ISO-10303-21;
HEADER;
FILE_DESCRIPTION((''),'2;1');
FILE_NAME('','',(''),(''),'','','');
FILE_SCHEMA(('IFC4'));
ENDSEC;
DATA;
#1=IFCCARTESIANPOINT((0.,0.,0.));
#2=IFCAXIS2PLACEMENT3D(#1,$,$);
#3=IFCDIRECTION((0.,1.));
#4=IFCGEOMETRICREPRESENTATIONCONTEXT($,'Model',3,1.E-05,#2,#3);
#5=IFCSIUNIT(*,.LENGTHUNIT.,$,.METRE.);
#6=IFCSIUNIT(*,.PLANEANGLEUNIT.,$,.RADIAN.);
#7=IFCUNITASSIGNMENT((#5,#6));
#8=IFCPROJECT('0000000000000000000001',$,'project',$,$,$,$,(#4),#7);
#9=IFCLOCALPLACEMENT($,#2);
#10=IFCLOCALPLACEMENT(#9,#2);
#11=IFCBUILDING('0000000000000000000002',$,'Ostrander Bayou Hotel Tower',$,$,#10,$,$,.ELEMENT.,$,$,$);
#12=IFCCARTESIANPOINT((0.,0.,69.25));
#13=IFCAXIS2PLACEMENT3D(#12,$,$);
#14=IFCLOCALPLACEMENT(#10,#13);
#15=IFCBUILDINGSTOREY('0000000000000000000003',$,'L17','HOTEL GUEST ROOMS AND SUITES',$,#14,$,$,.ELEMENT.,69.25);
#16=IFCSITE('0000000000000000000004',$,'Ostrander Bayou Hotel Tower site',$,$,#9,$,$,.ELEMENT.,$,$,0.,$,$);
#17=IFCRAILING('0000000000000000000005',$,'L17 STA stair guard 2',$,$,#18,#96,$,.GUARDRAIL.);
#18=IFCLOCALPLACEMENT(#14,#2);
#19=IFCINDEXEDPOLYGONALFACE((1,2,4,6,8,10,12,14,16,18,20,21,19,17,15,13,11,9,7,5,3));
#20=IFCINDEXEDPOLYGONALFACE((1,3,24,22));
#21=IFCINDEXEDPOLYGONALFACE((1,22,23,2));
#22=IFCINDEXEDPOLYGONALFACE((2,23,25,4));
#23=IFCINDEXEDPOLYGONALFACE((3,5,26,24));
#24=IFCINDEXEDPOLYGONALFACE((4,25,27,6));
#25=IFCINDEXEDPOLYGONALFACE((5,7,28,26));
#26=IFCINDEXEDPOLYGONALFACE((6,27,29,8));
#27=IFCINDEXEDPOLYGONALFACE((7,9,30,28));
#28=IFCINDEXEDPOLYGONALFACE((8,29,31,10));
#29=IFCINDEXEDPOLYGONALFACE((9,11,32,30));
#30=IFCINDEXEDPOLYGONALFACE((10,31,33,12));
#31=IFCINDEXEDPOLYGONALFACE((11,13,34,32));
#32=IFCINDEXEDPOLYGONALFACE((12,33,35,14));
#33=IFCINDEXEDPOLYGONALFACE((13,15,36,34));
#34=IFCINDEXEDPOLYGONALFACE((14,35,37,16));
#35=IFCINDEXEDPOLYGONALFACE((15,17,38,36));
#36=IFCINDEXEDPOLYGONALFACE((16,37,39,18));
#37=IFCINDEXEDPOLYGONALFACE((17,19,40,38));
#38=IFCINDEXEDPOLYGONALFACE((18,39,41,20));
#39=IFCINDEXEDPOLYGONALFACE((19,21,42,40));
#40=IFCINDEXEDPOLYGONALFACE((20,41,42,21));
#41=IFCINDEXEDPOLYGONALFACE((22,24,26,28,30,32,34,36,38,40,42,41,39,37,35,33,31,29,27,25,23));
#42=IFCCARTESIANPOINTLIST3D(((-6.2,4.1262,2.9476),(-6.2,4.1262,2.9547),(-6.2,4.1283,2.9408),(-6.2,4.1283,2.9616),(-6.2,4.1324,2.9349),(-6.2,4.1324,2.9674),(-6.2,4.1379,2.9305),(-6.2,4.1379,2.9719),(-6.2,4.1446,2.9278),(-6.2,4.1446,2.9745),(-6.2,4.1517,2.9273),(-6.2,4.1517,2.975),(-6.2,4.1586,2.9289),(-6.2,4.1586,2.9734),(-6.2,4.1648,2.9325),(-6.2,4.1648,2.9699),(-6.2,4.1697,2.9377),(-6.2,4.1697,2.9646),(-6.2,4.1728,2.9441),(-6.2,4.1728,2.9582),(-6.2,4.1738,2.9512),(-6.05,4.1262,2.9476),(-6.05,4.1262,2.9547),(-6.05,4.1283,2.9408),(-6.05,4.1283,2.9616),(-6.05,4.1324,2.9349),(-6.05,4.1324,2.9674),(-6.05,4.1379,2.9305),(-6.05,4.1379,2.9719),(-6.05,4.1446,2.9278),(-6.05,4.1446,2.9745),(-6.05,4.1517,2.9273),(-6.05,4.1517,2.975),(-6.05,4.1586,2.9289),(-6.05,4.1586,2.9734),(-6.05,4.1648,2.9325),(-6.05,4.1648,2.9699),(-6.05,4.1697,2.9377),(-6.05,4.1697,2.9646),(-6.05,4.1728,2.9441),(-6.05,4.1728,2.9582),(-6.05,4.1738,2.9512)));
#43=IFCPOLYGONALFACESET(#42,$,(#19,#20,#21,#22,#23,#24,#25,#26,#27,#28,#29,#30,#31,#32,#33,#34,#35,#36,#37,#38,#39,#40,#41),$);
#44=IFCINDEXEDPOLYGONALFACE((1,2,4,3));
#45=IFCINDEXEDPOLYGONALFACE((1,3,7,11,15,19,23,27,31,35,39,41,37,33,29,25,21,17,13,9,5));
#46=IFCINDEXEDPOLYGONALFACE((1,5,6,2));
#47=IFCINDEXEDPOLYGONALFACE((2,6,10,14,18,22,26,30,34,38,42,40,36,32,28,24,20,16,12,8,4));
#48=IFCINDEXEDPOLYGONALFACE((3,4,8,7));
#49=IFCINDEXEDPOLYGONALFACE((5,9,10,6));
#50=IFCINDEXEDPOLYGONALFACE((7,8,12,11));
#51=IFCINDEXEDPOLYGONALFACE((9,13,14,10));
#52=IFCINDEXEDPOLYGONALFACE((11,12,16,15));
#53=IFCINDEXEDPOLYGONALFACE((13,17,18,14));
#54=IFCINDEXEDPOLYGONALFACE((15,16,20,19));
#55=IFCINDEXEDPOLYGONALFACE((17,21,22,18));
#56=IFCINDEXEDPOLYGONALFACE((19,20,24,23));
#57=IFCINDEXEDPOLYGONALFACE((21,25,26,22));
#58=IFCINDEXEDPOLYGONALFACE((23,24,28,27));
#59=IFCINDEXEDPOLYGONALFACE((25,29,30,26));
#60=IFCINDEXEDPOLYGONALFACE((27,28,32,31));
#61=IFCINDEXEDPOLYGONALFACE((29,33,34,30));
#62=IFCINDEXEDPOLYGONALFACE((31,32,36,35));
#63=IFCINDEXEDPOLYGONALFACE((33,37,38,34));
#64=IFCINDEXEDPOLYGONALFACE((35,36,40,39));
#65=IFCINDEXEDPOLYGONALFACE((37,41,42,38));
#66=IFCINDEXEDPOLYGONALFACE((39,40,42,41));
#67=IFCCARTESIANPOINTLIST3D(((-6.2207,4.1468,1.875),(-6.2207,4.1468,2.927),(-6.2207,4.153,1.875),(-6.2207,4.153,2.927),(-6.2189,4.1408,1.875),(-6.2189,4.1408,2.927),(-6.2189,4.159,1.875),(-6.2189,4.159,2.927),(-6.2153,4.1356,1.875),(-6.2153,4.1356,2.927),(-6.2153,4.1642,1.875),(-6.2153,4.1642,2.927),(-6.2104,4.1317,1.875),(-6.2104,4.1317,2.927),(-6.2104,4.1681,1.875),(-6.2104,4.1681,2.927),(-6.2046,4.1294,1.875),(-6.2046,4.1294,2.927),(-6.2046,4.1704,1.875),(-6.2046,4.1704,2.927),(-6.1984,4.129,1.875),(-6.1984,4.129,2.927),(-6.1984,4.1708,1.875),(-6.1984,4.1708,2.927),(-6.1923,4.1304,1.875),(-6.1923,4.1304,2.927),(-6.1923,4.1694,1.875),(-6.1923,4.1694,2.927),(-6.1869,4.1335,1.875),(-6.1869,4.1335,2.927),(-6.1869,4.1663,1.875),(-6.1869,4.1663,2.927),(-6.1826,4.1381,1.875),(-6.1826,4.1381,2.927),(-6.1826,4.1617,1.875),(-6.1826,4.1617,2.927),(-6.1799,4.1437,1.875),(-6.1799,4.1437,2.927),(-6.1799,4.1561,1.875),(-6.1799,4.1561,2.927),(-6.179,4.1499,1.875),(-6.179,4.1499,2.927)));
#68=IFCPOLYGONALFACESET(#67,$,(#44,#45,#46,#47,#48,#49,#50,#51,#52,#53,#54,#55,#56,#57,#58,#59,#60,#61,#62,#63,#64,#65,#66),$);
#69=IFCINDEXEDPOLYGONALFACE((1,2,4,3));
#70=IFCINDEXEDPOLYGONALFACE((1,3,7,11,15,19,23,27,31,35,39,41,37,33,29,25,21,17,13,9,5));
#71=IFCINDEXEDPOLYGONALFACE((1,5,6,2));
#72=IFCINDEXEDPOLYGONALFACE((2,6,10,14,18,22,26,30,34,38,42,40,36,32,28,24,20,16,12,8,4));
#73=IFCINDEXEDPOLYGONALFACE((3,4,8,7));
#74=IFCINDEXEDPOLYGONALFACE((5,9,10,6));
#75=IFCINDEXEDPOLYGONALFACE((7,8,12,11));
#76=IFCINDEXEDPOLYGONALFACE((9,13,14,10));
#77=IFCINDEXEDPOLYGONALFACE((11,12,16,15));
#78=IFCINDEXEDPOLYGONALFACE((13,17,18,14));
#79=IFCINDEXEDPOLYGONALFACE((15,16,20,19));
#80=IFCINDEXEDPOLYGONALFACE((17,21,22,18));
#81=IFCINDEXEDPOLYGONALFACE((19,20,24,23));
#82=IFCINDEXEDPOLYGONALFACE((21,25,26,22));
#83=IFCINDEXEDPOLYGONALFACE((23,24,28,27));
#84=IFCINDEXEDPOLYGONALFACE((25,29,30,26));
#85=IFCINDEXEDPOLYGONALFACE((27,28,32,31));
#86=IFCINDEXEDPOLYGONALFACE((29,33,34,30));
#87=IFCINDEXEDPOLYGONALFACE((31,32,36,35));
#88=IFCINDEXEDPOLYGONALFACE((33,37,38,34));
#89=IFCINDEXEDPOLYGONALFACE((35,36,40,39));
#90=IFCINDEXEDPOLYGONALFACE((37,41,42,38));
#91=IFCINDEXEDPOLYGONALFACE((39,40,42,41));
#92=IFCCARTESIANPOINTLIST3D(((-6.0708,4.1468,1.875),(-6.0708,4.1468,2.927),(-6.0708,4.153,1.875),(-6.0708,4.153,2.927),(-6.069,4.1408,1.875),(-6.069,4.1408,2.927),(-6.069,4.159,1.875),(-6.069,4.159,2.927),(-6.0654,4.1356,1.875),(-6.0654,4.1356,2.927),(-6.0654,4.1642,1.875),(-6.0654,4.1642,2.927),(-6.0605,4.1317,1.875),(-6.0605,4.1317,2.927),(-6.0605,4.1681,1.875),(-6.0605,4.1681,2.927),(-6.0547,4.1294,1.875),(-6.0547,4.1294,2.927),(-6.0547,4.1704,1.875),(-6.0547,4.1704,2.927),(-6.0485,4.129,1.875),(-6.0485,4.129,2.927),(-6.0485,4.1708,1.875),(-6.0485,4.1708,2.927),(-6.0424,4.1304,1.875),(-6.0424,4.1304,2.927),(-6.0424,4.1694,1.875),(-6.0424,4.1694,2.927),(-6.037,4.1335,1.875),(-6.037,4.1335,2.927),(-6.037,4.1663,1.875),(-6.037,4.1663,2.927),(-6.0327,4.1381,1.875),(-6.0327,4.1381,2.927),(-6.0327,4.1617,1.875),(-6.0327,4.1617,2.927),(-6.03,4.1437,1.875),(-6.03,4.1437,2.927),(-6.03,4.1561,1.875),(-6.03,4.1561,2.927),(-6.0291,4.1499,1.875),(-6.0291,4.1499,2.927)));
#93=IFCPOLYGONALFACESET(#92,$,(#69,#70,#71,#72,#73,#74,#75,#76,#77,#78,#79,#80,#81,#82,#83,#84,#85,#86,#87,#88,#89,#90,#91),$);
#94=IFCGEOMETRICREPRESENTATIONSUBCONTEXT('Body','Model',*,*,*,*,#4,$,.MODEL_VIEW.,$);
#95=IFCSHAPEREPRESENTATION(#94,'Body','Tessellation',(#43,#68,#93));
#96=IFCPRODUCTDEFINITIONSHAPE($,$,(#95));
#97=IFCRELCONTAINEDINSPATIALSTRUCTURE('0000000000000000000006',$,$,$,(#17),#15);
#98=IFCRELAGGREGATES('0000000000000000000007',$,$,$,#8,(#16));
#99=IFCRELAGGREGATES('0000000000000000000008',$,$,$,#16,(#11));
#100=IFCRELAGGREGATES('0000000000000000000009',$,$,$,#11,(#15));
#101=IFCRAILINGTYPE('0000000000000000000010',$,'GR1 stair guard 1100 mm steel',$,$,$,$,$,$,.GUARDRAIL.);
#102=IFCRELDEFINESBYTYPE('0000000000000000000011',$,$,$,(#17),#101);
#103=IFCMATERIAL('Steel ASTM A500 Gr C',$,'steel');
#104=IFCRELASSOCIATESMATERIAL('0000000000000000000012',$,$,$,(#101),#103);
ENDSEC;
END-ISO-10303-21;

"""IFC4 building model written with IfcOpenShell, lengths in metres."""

from ifc_helpers import new_model, si_unit, direction, frame, origin, origin_2d, place, context, subcontext, project, spatial, circle, extrude, material, type_object, element, save


model = new_model("IFC4")

# Units and contexts
model_context = context("Model", 3, precision=1e-05, world=origin(), true_north=direction((0.0, 1.0)))
body_context = subcontext(model_context, "Body", "Model", "MODEL_VIEW")
ifc_project = project(units=[si_unit("LENGTHUNIT", "METRE"), si_unit("PLANEANGLEUNIT", "RADIAN")], contexts=[model_context])

# Site, building, storey
site_placement = place(None, origin())
site = spatial("IfcSite", under=ifc_project, at=site_placement, Name="Ostrander Bayou Hotel Tower site", CompositionType="ELEMENT", RefElevation=0.0)
building_placement = place(site_placement, origin())
building = spatial("IfcBuilding", under=site, at=building_placement, Name="Ostrander Bayou Hotel Tower", CompositionType="ELEMENT")
storey_placement = place(building_placement, frame((0.0, 0.0, 69.25)))
storey = spatial("IfcBuildingStorey", under=building, at=storey_placement, Name="L17", Description="HOTEL GUEST ROOMS AND SUITES", CompositionType="ELEMENT", Elevation=69.25)

# Railing
ifc_material_1 = material(Name="Steel ASTM A500 Gr C", Category="steel")
railing_type_1 = type_object("IfcRailingType", Name="GR1 stair guard 1100 mm steel", PredefinedType="GUARDRAIL", material=ifc_material_1)
railing_1_placement = place(storey_placement, frame((-6.2, 4.1499, 1.875)))
element("IfcRailing", 1, at=railing_1_placement, inside=storey, type_object=railing_type_1, Name="L17 STA stair guard 2", PredefinedType="GUARDRAIL", context=body_context, shape_type="SweptSolid", body=[
    extrude(circle(Radius=0.0239, at=origin_2d()), frame((0.0, 0.0, 1.0762), z_axis=(1.0, 0.0, 0.0), x_axis=(0.0, 1.0, 0.0)), (0.0, 0.0, 1.0), 0.1499),
    extrude(circle(Radius=0.021, at=origin_2d()), origin(), (0.0, 0.0, 1.0), 1.052),
    extrude(circle(Radius=0.021, at=origin_2d()), frame((0.1499, 0.0, 0.0)), (0.0, 0.0, 1.0), 1.052),
])

save(model, "model.ifc")
